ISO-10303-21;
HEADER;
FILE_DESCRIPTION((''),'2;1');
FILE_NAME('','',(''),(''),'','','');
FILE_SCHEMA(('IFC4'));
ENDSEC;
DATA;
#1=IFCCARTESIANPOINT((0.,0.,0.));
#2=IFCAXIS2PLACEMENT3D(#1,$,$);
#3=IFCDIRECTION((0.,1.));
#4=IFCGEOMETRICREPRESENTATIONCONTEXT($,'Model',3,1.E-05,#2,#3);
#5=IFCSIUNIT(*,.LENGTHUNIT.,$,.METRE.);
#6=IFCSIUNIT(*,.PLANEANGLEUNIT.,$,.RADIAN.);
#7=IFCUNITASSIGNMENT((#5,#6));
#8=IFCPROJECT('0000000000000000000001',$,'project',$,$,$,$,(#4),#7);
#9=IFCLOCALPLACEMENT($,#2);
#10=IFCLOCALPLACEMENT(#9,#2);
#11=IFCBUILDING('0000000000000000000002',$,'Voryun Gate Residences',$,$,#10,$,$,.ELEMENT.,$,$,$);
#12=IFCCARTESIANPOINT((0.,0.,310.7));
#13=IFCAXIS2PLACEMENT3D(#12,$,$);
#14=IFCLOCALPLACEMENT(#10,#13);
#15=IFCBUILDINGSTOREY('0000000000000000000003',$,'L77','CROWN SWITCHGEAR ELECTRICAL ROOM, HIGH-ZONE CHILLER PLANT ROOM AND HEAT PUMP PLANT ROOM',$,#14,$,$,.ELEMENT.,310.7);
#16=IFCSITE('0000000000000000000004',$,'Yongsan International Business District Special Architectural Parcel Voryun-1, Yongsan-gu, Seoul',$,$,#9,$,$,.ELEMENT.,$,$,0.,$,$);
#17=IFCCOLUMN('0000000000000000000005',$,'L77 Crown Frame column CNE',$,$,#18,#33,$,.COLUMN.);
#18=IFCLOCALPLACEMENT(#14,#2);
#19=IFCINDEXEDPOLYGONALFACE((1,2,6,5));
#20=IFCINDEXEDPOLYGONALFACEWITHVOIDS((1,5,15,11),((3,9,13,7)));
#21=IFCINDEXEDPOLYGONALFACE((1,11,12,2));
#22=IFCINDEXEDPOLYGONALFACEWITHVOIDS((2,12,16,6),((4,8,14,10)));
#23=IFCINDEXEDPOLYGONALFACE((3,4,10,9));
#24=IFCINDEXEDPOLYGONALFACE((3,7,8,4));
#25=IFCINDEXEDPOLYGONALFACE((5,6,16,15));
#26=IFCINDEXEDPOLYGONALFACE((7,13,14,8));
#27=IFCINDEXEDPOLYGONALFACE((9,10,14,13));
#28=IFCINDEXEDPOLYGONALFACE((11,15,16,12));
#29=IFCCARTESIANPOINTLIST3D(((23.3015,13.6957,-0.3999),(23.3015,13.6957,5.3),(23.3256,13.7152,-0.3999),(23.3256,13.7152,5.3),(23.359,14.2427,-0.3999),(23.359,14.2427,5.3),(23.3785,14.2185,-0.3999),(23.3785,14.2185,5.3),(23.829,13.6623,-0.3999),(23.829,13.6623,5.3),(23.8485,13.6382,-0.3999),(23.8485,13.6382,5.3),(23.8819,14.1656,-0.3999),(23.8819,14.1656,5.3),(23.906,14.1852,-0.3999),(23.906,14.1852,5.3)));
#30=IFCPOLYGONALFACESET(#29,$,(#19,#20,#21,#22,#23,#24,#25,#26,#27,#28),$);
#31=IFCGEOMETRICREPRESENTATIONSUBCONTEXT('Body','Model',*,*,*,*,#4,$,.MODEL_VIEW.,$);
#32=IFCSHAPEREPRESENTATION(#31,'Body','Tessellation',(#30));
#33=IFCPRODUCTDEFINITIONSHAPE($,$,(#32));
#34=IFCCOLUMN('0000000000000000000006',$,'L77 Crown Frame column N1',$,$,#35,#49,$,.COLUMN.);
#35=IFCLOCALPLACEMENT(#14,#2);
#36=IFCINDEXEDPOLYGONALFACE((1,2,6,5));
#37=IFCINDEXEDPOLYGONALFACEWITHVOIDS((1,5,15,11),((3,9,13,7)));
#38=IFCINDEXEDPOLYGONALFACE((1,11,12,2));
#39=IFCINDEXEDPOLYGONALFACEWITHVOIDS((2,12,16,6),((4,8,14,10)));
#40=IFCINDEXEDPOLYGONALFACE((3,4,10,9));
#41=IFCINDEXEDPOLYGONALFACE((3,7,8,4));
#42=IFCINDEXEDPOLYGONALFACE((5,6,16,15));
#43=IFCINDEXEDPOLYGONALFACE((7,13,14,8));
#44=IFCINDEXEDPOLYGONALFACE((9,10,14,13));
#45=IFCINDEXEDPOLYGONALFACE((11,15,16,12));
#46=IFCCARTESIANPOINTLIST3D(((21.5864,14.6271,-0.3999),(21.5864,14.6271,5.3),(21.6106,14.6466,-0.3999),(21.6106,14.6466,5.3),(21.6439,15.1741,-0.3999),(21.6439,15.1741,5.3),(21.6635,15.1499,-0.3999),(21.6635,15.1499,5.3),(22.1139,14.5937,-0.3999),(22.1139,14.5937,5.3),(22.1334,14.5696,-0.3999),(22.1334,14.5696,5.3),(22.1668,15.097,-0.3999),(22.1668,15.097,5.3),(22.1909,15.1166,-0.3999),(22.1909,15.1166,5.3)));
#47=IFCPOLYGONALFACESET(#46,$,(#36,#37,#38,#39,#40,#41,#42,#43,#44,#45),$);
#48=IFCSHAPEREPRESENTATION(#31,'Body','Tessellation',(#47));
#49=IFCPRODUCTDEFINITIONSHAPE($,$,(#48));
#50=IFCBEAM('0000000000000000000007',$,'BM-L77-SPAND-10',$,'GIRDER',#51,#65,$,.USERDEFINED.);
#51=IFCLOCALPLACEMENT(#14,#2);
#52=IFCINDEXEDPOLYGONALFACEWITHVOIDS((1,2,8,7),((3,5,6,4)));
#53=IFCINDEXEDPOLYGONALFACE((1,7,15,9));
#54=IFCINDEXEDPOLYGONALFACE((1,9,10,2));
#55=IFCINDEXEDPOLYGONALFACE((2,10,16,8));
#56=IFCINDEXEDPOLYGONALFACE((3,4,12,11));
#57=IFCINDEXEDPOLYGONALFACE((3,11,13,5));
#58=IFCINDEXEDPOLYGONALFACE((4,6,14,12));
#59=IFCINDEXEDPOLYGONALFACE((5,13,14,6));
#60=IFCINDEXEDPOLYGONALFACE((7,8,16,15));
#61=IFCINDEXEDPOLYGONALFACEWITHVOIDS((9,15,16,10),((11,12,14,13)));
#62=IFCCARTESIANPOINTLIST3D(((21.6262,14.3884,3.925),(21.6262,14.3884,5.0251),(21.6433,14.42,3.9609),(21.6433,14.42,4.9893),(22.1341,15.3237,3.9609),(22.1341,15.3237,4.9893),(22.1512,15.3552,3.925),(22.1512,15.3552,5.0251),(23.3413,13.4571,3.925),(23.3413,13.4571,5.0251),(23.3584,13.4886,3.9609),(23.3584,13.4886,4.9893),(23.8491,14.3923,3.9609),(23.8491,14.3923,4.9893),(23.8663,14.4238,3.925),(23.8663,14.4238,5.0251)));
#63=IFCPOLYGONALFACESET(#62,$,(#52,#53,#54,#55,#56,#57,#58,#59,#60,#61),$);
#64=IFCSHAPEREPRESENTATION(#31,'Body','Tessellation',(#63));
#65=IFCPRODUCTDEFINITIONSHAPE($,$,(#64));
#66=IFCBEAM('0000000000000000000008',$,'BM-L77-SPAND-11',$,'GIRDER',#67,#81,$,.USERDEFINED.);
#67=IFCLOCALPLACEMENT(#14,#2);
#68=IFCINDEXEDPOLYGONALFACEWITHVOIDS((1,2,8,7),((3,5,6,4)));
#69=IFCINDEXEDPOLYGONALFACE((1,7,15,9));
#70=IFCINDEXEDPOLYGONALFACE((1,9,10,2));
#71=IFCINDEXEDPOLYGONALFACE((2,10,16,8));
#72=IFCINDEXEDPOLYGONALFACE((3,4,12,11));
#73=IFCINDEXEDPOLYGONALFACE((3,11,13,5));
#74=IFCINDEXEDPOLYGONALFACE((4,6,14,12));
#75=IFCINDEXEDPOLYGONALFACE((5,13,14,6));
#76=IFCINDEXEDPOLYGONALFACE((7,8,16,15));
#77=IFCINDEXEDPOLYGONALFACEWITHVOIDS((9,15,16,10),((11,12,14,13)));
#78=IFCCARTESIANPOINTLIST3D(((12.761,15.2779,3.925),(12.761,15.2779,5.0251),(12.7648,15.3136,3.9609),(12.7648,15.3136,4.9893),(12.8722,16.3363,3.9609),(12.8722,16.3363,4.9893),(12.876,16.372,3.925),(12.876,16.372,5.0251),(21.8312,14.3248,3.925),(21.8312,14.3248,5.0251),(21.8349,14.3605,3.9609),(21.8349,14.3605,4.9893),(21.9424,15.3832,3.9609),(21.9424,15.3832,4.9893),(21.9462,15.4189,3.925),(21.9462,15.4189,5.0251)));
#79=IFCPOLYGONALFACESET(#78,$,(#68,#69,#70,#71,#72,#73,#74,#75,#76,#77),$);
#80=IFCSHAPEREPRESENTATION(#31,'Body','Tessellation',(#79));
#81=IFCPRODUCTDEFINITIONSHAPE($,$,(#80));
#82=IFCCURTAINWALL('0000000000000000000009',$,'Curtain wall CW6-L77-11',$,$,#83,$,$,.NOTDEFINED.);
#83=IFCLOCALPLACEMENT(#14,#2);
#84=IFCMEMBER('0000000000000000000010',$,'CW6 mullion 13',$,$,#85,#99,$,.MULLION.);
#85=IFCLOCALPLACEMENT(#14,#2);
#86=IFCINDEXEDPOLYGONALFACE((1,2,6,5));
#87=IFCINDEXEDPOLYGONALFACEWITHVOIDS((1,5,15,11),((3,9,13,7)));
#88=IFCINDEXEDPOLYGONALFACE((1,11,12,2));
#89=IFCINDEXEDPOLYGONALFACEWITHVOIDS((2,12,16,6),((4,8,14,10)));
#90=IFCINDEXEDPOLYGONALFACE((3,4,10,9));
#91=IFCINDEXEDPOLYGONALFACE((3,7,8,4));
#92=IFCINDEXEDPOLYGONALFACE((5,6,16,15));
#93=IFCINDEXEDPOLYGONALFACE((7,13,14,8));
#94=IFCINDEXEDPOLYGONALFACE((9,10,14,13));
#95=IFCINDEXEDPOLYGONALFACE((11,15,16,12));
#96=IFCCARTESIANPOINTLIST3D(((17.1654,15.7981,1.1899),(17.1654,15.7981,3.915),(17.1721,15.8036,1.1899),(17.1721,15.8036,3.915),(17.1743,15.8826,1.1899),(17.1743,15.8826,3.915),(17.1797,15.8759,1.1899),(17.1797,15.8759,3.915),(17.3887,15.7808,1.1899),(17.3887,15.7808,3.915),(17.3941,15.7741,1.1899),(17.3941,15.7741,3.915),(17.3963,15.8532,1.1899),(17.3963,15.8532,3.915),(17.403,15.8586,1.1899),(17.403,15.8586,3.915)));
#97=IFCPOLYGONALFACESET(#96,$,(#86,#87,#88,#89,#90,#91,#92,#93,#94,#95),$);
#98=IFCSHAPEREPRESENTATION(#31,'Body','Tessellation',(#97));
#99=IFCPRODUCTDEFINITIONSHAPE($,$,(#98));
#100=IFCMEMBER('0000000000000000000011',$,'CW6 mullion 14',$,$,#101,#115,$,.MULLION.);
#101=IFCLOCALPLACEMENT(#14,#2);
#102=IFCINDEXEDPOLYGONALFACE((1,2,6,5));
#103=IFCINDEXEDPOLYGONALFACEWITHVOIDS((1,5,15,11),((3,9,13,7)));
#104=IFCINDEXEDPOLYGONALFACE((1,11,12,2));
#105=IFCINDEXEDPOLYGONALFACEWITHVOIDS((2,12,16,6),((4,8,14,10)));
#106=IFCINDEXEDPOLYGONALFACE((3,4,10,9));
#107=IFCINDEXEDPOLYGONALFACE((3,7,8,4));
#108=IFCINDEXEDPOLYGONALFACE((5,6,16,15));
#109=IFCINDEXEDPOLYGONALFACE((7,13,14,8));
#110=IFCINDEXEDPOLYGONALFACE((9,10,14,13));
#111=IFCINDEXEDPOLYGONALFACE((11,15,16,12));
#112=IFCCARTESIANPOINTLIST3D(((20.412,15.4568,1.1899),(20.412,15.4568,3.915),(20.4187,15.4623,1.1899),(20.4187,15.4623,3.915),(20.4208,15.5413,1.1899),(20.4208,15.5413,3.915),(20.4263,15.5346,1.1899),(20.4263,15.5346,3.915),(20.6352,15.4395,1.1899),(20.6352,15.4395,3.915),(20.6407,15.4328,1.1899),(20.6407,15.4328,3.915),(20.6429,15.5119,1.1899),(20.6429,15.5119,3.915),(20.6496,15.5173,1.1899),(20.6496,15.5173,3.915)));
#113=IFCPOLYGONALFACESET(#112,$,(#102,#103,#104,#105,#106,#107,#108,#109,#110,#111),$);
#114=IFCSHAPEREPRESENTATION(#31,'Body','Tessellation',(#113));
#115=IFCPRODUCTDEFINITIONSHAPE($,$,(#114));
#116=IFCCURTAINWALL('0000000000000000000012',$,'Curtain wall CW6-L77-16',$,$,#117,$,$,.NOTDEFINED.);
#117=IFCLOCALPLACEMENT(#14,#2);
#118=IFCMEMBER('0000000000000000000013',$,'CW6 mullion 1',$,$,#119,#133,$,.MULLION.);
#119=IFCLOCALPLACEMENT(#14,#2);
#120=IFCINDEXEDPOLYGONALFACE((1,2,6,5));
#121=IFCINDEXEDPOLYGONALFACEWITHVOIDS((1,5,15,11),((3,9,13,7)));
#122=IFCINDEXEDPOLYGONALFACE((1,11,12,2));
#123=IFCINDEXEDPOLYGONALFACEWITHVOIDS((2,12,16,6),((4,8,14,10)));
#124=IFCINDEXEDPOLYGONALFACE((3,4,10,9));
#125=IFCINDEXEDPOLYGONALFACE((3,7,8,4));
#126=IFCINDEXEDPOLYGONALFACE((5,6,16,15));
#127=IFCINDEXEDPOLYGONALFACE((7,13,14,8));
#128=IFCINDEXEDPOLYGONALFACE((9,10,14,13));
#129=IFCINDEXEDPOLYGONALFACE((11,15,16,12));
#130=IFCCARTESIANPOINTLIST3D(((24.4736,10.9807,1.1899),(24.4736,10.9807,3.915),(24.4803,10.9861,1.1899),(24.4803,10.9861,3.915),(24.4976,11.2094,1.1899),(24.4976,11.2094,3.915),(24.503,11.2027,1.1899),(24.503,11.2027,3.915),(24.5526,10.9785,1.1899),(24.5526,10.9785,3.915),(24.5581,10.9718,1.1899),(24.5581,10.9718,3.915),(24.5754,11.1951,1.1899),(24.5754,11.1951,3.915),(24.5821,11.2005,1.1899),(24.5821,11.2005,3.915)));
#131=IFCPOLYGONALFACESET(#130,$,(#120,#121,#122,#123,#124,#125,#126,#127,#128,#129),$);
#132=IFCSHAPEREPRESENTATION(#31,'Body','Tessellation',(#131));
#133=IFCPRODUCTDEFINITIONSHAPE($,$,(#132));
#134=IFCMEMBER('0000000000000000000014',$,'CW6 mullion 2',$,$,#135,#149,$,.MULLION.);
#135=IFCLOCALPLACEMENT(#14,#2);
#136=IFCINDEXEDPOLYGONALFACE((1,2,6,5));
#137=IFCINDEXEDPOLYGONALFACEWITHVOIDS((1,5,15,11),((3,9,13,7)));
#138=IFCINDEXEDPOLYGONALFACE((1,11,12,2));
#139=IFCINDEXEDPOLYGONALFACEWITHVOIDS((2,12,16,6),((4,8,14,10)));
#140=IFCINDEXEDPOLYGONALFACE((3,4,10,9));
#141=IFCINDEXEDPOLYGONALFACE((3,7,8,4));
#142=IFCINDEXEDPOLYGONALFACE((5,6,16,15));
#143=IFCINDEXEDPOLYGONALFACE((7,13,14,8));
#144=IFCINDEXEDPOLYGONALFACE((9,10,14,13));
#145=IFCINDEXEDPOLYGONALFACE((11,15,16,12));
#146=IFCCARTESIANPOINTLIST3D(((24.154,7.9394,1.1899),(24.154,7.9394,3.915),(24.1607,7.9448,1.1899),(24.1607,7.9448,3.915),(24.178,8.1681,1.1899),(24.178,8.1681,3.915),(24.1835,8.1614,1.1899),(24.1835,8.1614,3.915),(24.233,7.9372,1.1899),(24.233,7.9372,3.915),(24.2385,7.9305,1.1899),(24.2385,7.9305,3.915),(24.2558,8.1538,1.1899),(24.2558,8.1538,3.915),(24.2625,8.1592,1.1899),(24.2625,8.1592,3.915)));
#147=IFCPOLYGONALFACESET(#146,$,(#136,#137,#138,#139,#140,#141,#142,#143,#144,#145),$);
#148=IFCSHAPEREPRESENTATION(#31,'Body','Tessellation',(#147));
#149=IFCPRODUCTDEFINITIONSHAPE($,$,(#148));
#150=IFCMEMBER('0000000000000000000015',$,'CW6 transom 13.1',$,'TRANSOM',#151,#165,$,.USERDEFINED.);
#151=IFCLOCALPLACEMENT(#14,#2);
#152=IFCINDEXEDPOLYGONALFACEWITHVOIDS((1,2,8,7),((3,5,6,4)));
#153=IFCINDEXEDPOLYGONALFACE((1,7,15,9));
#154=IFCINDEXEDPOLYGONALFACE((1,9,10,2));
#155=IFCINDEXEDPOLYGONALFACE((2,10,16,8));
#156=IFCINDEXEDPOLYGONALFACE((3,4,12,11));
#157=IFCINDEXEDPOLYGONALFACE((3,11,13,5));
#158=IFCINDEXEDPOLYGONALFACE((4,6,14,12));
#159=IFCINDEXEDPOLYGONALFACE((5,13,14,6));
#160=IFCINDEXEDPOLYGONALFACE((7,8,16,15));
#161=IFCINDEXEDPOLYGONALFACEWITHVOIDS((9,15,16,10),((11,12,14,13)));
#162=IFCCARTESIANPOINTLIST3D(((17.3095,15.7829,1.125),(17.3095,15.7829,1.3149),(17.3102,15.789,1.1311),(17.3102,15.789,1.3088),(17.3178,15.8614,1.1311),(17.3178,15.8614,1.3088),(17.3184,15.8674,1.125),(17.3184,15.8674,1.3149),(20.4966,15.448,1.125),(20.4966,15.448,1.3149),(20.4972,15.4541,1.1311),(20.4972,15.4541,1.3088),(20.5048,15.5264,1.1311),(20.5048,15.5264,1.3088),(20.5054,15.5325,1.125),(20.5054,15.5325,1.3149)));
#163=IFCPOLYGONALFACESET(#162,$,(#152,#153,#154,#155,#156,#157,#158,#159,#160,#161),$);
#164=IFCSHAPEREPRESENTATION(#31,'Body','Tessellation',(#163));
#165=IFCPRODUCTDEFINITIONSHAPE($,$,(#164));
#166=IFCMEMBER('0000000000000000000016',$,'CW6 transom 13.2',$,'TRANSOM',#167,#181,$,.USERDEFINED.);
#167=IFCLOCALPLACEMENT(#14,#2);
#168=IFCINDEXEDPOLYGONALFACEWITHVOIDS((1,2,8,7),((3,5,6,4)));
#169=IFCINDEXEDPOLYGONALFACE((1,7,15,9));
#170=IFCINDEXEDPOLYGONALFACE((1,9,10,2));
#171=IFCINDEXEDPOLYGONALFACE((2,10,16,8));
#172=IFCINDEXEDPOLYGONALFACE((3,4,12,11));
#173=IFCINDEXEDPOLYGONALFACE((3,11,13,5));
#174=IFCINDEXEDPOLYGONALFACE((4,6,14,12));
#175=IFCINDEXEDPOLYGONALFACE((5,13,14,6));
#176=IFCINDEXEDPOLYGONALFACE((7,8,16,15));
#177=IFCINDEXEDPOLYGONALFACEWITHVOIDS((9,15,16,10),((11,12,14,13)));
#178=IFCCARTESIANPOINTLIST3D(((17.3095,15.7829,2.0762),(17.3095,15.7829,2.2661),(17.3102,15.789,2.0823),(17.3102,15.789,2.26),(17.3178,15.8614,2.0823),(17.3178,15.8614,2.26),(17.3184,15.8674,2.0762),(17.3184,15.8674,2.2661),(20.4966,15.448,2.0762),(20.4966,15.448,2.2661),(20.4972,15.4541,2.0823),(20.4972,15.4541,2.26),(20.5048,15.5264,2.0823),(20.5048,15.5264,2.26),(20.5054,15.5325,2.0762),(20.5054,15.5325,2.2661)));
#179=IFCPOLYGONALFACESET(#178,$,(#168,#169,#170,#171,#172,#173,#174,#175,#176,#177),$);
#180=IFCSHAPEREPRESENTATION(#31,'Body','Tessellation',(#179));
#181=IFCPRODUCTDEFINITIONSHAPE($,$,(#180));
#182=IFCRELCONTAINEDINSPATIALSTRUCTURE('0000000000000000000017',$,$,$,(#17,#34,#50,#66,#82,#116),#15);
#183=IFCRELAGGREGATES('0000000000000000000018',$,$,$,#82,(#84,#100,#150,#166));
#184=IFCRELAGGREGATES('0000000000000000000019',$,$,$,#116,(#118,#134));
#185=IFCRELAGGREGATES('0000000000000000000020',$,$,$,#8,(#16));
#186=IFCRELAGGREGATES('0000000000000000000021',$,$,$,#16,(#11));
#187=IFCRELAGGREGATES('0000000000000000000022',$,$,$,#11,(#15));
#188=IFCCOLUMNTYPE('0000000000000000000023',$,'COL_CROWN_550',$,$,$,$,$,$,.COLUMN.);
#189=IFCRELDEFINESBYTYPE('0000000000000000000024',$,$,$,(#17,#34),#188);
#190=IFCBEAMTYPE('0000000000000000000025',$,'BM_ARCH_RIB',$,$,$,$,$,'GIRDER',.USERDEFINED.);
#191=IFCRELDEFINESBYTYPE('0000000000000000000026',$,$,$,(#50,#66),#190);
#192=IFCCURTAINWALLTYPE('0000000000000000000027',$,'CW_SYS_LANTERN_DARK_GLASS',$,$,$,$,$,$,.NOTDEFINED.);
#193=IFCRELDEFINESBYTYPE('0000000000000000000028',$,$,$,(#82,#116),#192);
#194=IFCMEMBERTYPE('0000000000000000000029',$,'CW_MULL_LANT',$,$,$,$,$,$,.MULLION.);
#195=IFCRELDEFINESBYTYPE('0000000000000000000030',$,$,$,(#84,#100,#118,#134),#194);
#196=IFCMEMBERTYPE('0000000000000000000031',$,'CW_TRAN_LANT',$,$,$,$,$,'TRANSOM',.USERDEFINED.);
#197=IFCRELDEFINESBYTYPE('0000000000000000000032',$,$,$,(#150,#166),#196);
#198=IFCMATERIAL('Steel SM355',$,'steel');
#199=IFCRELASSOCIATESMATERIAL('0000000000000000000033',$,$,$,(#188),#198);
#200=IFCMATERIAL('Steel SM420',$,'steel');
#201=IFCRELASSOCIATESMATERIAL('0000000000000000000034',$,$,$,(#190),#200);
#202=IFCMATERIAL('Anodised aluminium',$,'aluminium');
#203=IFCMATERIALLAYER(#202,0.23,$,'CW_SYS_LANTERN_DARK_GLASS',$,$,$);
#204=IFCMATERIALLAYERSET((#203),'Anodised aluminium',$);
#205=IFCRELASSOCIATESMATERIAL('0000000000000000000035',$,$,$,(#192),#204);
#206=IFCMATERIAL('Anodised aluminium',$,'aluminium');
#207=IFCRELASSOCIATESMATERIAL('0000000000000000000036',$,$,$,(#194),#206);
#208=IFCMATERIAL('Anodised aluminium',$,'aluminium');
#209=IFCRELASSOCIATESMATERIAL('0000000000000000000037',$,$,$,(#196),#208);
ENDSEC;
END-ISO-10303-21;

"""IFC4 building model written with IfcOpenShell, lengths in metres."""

from ifc_helpers import new_model, si_unit, direction, frame, origin, origin_2d, place, context, subcontext, project, spatial, hollow_rectangle, extrude, material, layer, layer_set, material_profile, profile_set, type_object, element, aggregate, save


model = new_model("IFC4")

# Units and contexts
model_context = context("Model", 3, precision=1e-05, world=origin(), true_north=direction((0.0, 1.0)))
body_context = subcontext(model_context, "Body", "Model", "MODEL_VIEW")
ifc_project = project(units=[si_unit("LENGTHUNIT", "METRE"), si_unit("PLANEANGLEUNIT", "RADIAN")], contexts=[model_context])

# Site, building, storey
site_placement = place(None, origin())
site = spatial("IfcSite", under=ifc_project, at=site_placement, Name="Yongsan International Business District Special Architectural Parcel Voryun-1, Yongsan-gu, Seoul", CompositionType="ELEMENT", RefElevation=0.0)
building_placement = place(site_placement, origin())
building = spatial("IfcBuilding", under=site, at=building_placement, Name="Voryun Gate Residences", CompositionType="ELEMENT")
storey_placement = place(building_placement, frame((0.0, 0.0, 310.7)))
storey = spatial("IfcBuildingStorey", under=building, at=storey_placement, Name="L77", Description="CROWN SWITCHGEAR ELECTRICAL ROOM, HIGH-ZONE CHILLER PLANT ROOM AND HEAT PUMP PLANT ROOM", CompositionType="ELEMENT", Elevation=310.7)

# Columns
ifc_material_1 = material(Name="Steel SM355", Category="steel")
ifc_material_profile_1 = material_profile(ifc_material_1, hollow_rectangle(XDim=0.55, YDim=0.55, WallThickness=0.022, at=origin_2d()), Name="BOX-550x550x22")
ifc_profile_set_1 = profile_set([ifc_material_profile_1], Name="Steel SM355")
column_type = type_object("IfcColumnType", Name="COL_CROWN_550", PredefinedType="COLUMN", material=ifc_profile_set_1)
for number, where, z_axis, x_axis, name in (
    (1, (23.6038, 13.9404, -0.3999), (0.0, 0.0, 1.0), (0.994522, -0.104528, 0.0), "L77 Crown Frame column CNE"),
    (2, (21.8887, 14.8718, -0.3999), (0.0, 0.0, 1.0), (0.994522, -0.104528, 0.0), "L77 Crown Frame column N1"),
):
    element("IfcColumn", number, at=place(storey_placement, frame(where, z_axis=z_axis, x_axis=x_axis)), inside=storey, type_object=column_type, Name=name, PredefinedType="COLUMN", context=body_context, shape_type="SweptSolid", body=[
        extrude(hollow_rectangle(XDim=0.55, YDim=0.55, WallThickness=0.022, at=origin_2d()), origin(), (0.0, 0.0, 1.0), 5.7),
    ])

# Beams
ifc_material_2 = material(Name="Steel SM420", Category="steel")
ifc_material_profile_2 = material_profile(ifc_material_2, hollow_rectangle(XDim=1.1001, YDim=1.1001, WallThickness=0.0359, at=origin_2d()), Name="BOX-1100x1100x36")
ifc_profile_set_2 = profile_set([ifc_material_profile_2], Name="Steel SM420")
beam_type = type_object("IfcBeamType", Name="BM_ARCH_RIB", ElementType="GIRDER", PredefinedType="USERDEFINED", material=ifc_profile_set_2)
beam_1_placement = place(storey_placement, frame((23.6038, 13.9404, 4.4751), z_axis=(-0.878778, 0.47723, 0.0), x_axis=(-0.47723, -0.878778, 0.0)))
element("IfcBeam", 3, at=beam_1_placement, inside=storey, type_object=beam_type, Name="BM-L77-SPAND-10", ObjectType="GIRDER", PredefinedType="USERDEFINED", context=body_context, shape_type="SweptSolid", body=[
    extrude(hollow_rectangle(XDim=1.1001, YDim=1.1001, WallThickness=0.0359, at=origin_2d()), origin(), (0.0, 0.0, 1.0), 1.9517),
])
beam_2_placement = place(storey_placement, frame((21.8887, 14.8718, 4.4751), z_axis=(-0.994524, 0.104509, 0.0), x_axis=(-0.104509, -0.994524, 0.0)))
element("IfcBeam", 4, at=beam_2_placement, inside=storey, type_object=beam_type, Name="BM-L77-SPAND-11", ObjectType="GIRDER", PredefinedType="USERDEFINED", context=body_context, shape_type="SweptSolid", body=[
    extrude(hollow_rectangle(XDim=1.1001, YDim=1.1001, WallThickness=0.0359, at=origin_2d()), origin(), (0.0, 0.0, 1.0), 9.1201),
])

# Curtain walls, members
ifc_material_3 = material(Name="Anodised aluminium", Category="aluminium")
ifc_layer_1 = layer(ifc_material_3, 0.23, Name="CW_SYS_LANTERN_DARK_GLASS")
ifc_layer_set_1 = layer_set([ifc_layer_1], Name="Anodised aluminium")
curtain_wall_type = type_object("IfcCurtainWallType", Name="CW_SYS_LANTERN_DARK_GLASS", PredefinedType="NOTDEFINED", material=ifc_layer_set_1)
curtain_wall_1_placement = place(storey_placement, origin())
curtain_wall_1 = element("IfcCurtainWall", 5, at=curtain_wall_1_placement, inside=storey, type_object=curtain_wall_type, Name="Curtain wall CW6-L77-11", PredefinedType="NOTDEFINED")
ifc_material_4 = material(Name="Anodised aluminium", Category="aluminium")
ifc_material_profile_3 = material_profile(ifc_material_4, hollow_rectangle(XDim=0.085, YDim=0.23, WallThickness=0.0061, at=origin_2d()), Name="ALU-MULL-230x85x6")
ifc_profile_set_3 = profile_set([ifc_material_profile_3], Name="Anodised aluminium")
member_type_1 = type_object("IfcMemberType", Name="CW_MULL_LANT", PredefinedType="MULLION", material=ifc_profile_set_3)
member_1_placement = place(storey_placement, frame((17.2842, 15.8284, 1.1899), z_axis=(0.0, 0.0, 1.0), x_axis=(0.104528, 0.994522, 0.0)))
member_1 = element("IfcMember", 6, at=member_1_placement, type_object=member_type_1, Name="CW6 mullion 13", PredefinedType="MULLION", context=body_context, shape_type="SweptSolid", body=[
    extrude(hollow_rectangle(XDim=0.085, YDim=0.23, WallThickness=0.0061, at=origin_2d()), origin(), (0.0, 0.0, 1.0), 2.7251),
])
member_2_placement = place(storey_placement, frame((20.5308, 15.4871, 1.1899), z_axis=(0.0, 0.0, 1.0), x_axis=(0.104528, 0.994522, 0.0)))
member_2 = element("IfcMember", 7, at=member_2_placement, type_object=member_type_1, Name="CW6 mullion 14", PredefinedType="MULLION", context=body_context, shape_type="SweptSolid", body=[
    extrude(hollow_rectangle(XDim=0.085, YDim=0.23, WallThickness=0.0061, at=origin_2d()), origin(), (0.0, 0.0, 1.0), 2.7251),
])
curtain_wall_2_placement = place(storey_placement, origin())
curtain_wall_2 = element("IfcCurtainWall", 8, at=curtain_wall_2_placement, inside=storey, type_object=curtain_wall_type, Name="Curtain wall CW6-L77-16", PredefinedType="NOTDEFINED")
member_3_placement = place(storey_placement, frame((24.5278, 11.0906, 1.1899), z_axis=(0.0, 0.0, 1.0), x_axis=(0.994522, -0.104528, 0.0)))
member_3 = element("IfcMember", 9, at=member_3_placement, type_object=member_type_1, Name="CW6 mullion 1", PredefinedType="MULLION", context=body_context, shape_type="SweptSolid", body=[
    extrude(hollow_rectangle(XDim=0.085, YDim=0.23, WallThickness=0.0061, at=origin_2d()), origin(), (0.0, 0.0, 1.0), 2.7251),
])
member_4_placement = place(storey_placement, frame((24.2083, 8.0493, 1.1899), z_axis=(0.0, 0.0, 1.0), x_axis=(0.994522, -0.104528, 0.0)))
member_4 = element("IfcMember", 10, at=member_4_placement, type_object=member_type_1, Name="CW6 mullion 2", PredefinedType="MULLION", context=body_context, shape_type="SweptSolid", body=[
    extrude(hollow_rectangle(XDim=0.085, YDim=0.23, WallThickness=0.0061, at=origin_2d()), origin(), (0.0, 0.0, 1.0), 2.7251),
])

# Members
ifc_material_5 = material(Name="Anodised aluminium", Category="aluminium")
ifc_material_profile_4 = material_profile(ifc_material_5, hollow_rectangle(XDim=0.085, YDim=0.1899, WallThickness=0.0061, at=origin_2d()), Name="ALU-TRAN-190x85x6")
ifc_profile_set_4 = profile_set([ifc_material_profile_4], Name="Anodised aluminium")
member_type_2 = type_object("IfcMemberType", Name="CW_TRAN_LANT", ElementType="TRANSOM", PredefinedType="USERDEFINED", material=ifc_profile_set_4)
member_5_placement = place(storey_placement, frame((17.314, 15.8252, 1.22), z_axis=(0.994522, -0.104526, 0.0), x_axis=(0.104526, 0.994522, 0.0)))
member_5 = element("IfcMember", 11, at=member_5_placement, type_object=member_type_2, Name="CW6 transom 13.1", ObjectType="TRANSOM", PredefinedType="USERDEFINED", context=body_context, shape_type="SweptSolid", body=[
    extrude(hollow_rectangle(XDim=0.085, YDim=0.1899, WallThickness=0.0061, at=origin_2d()), origin(), (0.0, 0.0, 1.0), 3.2046),
])
member_6_placement = place(storey_placement, frame((17.314, 15.8252, 2.1711), z_axis=(0.994522, -0.104526, 0.0), x_axis=(0.104526, 0.994522, 0.0)))
member_6 = element("IfcMember", 12, at=member_6_placement, type_object=member_type_2, Name="CW6 transom 13.2", ObjectType="TRANSOM", PredefinedType="USERDEFINED", context=body_context, shape_type="SweptSolid", body=[
    extrude(hollow_rectangle(XDim=0.085, YDim=0.1899, WallThickness=0.0061, at=origin_2d()), origin(), (0.0, 0.0, 1.0), 3.2046),
])

aggregate(curtain_wall_1, [member_1, member_2, member_5, member_6])
aggregate(curtain_wall_2, [member_3, member_4])

save(model, "model.ifc")
